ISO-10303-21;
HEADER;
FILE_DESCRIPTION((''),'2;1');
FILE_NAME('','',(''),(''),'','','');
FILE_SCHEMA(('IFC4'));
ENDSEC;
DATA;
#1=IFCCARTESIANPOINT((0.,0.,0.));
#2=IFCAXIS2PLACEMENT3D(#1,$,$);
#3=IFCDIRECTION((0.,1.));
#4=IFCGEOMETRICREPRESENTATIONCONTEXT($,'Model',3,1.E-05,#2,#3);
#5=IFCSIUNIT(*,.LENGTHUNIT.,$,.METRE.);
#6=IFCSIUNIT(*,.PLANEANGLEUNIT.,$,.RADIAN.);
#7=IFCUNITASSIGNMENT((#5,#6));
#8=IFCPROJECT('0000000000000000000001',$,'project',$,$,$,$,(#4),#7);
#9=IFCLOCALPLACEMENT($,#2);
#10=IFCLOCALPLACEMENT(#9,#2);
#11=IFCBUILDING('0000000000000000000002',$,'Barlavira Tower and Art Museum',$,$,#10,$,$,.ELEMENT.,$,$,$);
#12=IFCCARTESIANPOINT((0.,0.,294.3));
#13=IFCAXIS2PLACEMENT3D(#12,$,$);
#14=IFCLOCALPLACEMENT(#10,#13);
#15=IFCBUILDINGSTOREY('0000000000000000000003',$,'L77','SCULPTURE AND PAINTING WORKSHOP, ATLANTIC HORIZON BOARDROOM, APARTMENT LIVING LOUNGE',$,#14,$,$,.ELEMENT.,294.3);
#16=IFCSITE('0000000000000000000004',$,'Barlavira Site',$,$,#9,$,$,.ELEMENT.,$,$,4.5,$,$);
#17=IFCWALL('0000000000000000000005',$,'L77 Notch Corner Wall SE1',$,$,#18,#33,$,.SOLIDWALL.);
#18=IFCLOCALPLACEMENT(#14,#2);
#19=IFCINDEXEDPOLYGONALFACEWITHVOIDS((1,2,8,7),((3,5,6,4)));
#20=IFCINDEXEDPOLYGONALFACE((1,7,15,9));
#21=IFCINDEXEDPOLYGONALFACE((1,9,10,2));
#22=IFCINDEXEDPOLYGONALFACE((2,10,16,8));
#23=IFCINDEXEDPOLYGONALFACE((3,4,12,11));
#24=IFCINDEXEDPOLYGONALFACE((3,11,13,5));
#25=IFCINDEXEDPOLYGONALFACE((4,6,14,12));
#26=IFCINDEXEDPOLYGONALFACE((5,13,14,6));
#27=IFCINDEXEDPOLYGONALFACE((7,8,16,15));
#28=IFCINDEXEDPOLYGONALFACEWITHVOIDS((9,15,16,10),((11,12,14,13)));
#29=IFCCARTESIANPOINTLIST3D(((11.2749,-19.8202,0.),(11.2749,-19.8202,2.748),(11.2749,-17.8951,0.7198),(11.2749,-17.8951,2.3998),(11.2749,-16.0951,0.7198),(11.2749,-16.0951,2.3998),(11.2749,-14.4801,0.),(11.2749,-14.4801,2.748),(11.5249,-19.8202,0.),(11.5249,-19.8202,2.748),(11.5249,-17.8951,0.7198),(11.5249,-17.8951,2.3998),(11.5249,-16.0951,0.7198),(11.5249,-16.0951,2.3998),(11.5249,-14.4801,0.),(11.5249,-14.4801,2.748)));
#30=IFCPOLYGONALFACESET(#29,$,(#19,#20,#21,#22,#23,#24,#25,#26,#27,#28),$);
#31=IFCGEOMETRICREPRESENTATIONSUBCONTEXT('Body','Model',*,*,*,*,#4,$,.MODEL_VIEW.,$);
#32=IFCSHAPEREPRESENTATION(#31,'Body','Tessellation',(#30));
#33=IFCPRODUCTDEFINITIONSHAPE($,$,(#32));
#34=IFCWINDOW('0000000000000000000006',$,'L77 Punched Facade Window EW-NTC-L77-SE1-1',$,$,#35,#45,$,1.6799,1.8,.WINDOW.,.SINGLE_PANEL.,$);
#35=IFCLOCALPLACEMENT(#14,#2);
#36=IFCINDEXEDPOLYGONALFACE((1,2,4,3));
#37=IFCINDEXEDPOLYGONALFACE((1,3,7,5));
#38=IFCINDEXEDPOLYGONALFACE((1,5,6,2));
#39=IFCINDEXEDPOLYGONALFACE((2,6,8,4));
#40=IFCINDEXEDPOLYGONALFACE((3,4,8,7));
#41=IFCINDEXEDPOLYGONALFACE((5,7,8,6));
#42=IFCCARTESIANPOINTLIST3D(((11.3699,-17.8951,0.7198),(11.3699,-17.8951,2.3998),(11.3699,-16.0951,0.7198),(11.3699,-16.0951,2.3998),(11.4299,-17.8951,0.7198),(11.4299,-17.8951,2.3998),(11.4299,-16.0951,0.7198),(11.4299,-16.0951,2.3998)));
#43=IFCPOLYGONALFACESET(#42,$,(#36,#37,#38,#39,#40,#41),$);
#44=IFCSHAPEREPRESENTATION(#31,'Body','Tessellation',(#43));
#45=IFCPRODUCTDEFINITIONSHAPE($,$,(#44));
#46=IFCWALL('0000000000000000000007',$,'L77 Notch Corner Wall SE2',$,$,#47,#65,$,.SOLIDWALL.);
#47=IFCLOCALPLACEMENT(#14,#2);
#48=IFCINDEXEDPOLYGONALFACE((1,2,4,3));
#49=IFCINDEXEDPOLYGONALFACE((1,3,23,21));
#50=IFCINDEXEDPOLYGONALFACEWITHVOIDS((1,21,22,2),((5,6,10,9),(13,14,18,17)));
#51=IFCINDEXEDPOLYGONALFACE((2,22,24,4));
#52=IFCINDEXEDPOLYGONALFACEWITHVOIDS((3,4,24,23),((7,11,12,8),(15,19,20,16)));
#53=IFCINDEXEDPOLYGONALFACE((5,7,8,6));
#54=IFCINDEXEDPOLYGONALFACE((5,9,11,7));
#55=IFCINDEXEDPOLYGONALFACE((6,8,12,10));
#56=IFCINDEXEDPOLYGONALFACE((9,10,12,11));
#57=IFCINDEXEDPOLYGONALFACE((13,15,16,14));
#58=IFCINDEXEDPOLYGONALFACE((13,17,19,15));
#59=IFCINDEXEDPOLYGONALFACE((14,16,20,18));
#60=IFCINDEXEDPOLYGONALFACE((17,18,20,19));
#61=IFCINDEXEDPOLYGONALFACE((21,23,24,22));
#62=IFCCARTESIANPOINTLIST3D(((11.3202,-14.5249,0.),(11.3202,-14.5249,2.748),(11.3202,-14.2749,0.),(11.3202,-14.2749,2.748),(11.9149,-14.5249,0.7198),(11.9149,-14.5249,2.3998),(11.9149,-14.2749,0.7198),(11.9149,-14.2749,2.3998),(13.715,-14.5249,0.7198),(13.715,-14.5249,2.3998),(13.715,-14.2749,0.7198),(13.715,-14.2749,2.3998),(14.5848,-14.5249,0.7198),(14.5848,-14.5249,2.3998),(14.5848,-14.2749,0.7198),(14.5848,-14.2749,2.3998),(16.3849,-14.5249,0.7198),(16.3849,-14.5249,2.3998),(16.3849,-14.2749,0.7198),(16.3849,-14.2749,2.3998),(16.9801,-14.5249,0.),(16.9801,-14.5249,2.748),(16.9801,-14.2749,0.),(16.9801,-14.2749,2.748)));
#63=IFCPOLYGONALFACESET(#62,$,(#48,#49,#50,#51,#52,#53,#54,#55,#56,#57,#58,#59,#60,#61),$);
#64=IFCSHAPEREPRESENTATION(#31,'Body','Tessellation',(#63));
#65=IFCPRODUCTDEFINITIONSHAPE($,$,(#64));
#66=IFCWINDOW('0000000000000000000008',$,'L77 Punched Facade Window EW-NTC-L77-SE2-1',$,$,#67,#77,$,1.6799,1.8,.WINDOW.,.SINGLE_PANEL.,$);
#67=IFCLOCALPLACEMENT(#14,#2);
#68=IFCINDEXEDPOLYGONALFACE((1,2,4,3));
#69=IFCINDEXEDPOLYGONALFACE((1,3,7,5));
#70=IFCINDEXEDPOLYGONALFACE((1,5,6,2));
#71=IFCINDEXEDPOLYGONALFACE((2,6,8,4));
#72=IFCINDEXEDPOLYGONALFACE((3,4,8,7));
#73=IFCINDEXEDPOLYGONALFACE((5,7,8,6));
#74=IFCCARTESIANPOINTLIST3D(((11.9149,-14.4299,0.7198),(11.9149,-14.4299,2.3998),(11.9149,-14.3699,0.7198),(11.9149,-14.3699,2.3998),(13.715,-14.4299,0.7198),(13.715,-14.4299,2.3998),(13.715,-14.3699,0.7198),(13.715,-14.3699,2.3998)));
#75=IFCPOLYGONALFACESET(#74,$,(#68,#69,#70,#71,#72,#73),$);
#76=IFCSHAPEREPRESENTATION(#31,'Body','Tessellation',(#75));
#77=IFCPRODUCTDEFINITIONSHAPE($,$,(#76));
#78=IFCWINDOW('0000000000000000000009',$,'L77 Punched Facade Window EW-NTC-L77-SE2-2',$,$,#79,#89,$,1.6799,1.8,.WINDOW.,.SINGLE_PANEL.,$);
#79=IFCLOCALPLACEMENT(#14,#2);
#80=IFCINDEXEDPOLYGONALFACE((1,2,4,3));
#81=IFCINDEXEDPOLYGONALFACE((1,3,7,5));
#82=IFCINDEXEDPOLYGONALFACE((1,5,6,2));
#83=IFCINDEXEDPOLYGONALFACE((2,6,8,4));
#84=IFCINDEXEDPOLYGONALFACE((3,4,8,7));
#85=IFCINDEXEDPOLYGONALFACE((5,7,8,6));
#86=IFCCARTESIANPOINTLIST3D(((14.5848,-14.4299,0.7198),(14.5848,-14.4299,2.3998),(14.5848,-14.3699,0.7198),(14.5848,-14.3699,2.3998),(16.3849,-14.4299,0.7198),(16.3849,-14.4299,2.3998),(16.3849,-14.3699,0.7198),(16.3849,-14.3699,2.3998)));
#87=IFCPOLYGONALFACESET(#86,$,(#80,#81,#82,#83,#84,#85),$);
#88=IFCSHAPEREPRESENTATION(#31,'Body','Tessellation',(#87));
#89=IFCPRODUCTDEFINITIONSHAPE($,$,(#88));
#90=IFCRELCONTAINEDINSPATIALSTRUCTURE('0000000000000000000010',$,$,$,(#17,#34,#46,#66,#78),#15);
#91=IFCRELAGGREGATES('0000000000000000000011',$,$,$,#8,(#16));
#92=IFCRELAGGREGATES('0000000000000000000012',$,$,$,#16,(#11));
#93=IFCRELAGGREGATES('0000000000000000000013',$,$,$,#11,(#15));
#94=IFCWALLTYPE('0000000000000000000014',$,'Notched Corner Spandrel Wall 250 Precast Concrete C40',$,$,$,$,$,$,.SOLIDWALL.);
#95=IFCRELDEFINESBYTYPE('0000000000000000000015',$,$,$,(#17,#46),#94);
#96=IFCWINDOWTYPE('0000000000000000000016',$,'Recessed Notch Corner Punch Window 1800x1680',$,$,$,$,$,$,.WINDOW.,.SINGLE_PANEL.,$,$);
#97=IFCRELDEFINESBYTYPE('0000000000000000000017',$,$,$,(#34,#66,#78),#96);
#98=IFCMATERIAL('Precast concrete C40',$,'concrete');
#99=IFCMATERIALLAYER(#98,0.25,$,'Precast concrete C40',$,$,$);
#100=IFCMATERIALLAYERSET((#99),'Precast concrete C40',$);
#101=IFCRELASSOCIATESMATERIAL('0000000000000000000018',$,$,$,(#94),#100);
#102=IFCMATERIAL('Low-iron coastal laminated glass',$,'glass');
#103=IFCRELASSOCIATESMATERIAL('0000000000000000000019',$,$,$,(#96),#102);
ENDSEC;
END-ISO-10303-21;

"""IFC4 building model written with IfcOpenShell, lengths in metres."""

from ifc_helpers import new_model, si_unit, direction, frame, frame_2d, origin, place, context, subcontext, project, spatial, rectangle, extrude, material, layer, layer_set, type_object, element, fill, save


model = new_model("IFC4")

# Units and contexts
model_context = context("Model", 3, precision=1e-05, world=origin(), true_north=direction((0.0, 1.0)))
body_context = subcontext(model_context, "Body", "Model", "MODEL_VIEW")
ifc_project = project(units=[si_unit("LENGTHUNIT", "METRE"), si_unit("PLANEANGLEUNIT", "RADIAN")], contexts=[model_context])

# Site, building, storey
site_placement = place(None, origin())
site = spatial("IfcSite", under=ifc_project, at=site_placement, Name="Barlavira Site", CompositionType="ELEMENT", RefElevation=4.5)
building_placement = place(site_placement, origin())
building = spatial("IfcBuilding", under=site, at=building_placement, Name="Barlavira Tower and Art Museum", CompositionType="ELEMENT")
storey_placement = place(building_placement, frame((0.0, 0.0, 294.3)))
storey = spatial("IfcBuildingStorey", under=building, at=storey_placement, Name="L77", Description="SCULPTURE AND PAINTING WORKSHOP, ATLANTIC HORIZON BOARDROOM, APARTMENT LIVING LOUNGE", CompositionType="ELEMENT", Elevation=294.3)

# Shared definitions
ifc_material_1 = material(Name="Precast concrete C40", Category="concrete")
ifc_layer_1 = layer(ifc_material_1, 0.25, Name="Precast concrete C40")
ifc_layer_set_1 = layer_set([ifc_layer_1], Name="Precast concrete C40")
wall_type_1 = type_object("IfcWallType", Name="Notched Corner Spandrel Wall 250 Precast Concrete C40", PredefinedType="SOLIDWALL", material=ifc_layer_set_1)
ifc_material_2 = material(Name="Low-iron coastal laminated glass", Category="glass")

# Wall, opening, window
window_type_1 = type_object("IfcWindowType", Name="Recessed Notch Corner Punch Window 1800x1680", PartitioningType="SINGLE_PANEL", PredefinedType="WINDOW", material=ifc_material_2)
wall_1_placement = place(storey_placement, frame((11.3999, -19.8201, 0.0), z_axis=(0.0, 0.0, 1.0), x_axis=(0.0, 1.0, 0.0)))
wall_1 = element("IfcWall", 1, at=wall_1_placement, inside=storey, type_object=wall_type_1, Name="L77 Notch Corner Wall SE1", PredefinedType="SOLIDWALL", context=body_context, shape_type="SweptSolid", body=[
    extrude(rectangle(XDim=5.3401, YDim=0.25, at=frame_2d((2.6699, 0.0))), origin(), (0.0, 0.0, 1.0), 2.748),
])
opening_1_placement = place(wall_1_placement, frame((1.925, 0.0, 0.72)))
opening_1 = element("IfcOpeningElement", 2, at=opening_1_placement, cuts=wall_1, PredefinedType="OPENING", context=body_context, shape_type="SweptSolid", body=[
    extrude(rectangle(XDim=1.8, YDim=1.6799, at=frame_2d((0.8999, 0.8398))), frame((0.0, 0.135, 0.0), z_axis=(0.0, -1.0, 0.0), x_axis=(1.0, 0.0, 0.0)), (0.0, 0.0, 1.0), 0.27),
])
window_1_placement = place(opening_1_placement, origin())
window_1 = element("IfcWindow", 3, at=window_1_placement, inside=storey, type_object=window_type_1, Name="L77 Punched Facade Window EW-NTC-L77-SE1-1", OverallHeight=1.6799, OverallWidth=1.8, PartitioningType="SINGLE_PANEL", PredefinedType="WINDOW", context=body_context, shape_type="SweptSolid", body=[
    extrude(rectangle(XDim=1.8, YDim=1.6799, at=frame_2d((0.8999, 0.8398))), frame((0.0, 0.03, 0.0), z_axis=(0.0, -1.0, 0.0), x_axis=(1.0, 0.0, 0.0)), (0.0, 0.0, 1.0), 0.0601),
])
fill(opening_1, window_1)

# Wall, openings, windows
wall_2_placement = place(storey_placement, frame((11.3201, -14.3999, 0.0), z_axis=(0.0, 0.0, 1.0), x_axis=(1.0, 0.0, 0.0)))
wall_2 = element("IfcWall", 4, at=wall_2_placement, inside=storey, type_object=wall_type_1, Name="L77 Notch Corner Wall SE2", PredefinedType="SOLIDWALL", context=body_context, shape_type="SweptSolid", body=[
    extrude(rectangle(XDim=5.6599, YDim=0.25, at=frame_2d((2.8301, 0.0))), origin(), (0.0, 0.0, 1.0), 2.748),
])
opening_2_placement = place(wall_2_placement, frame((0.595, 0.0, 0.72)))
opening_2 = element("IfcOpeningElement", 5, at=opening_2_placement, cuts=wall_2, PredefinedType="OPENING", context=body_context, shape_type="SweptSolid", body=[
    extrude(rectangle(XDim=1.8, YDim=1.6799, at=frame_2d((0.8999, 0.8398))), frame((0.0, 0.135, 0.0), z_axis=(0.0, -1.0, 0.0), x_axis=(1.0, 0.0, 0.0)), (0.0, 0.0, 1.0), 0.27),
])
opening_3_placement = place(wall_2_placement, frame((3.2649, 0.0, 0.72)))
opening_3 = element("IfcOpeningElement", 6, at=opening_3_placement, cuts=wall_2, PredefinedType="OPENING", context=body_context, shape_type="SweptSolid", body=[
    extrude(rectangle(XDim=1.8, YDim=1.6799, at=frame_2d((0.8999, 0.8398))), frame((0.0, 0.135, 0.0), z_axis=(0.0, -1.0, 0.0), x_axis=(1.0, 0.0, 0.0)), (0.0, 0.0, 1.0), 0.27),
])
window_2_placement = place(opening_2_placement, origin())
window_2 = element("IfcWindow", 7, at=window_2_placement, inside=storey, type_object=window_type_1, Name="L77 Punched Facade Window EW-NTC-L77-SE2-1", OverallHeight=1.6799, OverallWidth=1.8, PartitioningType="SINGLE_PANEL", PredefinedType="WINDOW", context=body_context, shape_type="SweptSolid", body=[
    extrude(rectangle(XDim=1.8, YDim=1.6799, at=frame_2d((0.8999, 0.8398))), frame((0.0, 0.03, 0.0), z_axis=(0.0, -1.0, 0.0), x_axis=(1.0, 0.0, 0.0)), (0.0, 0.0, 1.0), 0.0601),
])
fill(opening_2, window_2)
window_3_placement = place(opening_3_placement, origin())
window_3 = element("IfcWindow", 8, at=window_3_placement, inside=storey, type_object=window_type_1, Name="L77 Punched Facade Window EW-NTC-L77-SE2-2", OverallHeight=1.6799, OverallWidth=1.8, PartitioningType="SINGLE_PANEL", PredefinedType="WINDOW", context=body_context, shape_type="SweptSolid", body=[
    extrude(rectangle(XDim=1.8, YDim=1.6799, at=frame_2d((0.8999, 0.8398))), frame((0.0, 0.03, 0.0), z_axis=(0.0, -1.0, 0.0), x_axis=(1.0, 0.0, 0.0)), (0.0, 0.0, 1.0), 0.0601),
])
fill(opening_3, window_3)

save(model, "model.ifc")
